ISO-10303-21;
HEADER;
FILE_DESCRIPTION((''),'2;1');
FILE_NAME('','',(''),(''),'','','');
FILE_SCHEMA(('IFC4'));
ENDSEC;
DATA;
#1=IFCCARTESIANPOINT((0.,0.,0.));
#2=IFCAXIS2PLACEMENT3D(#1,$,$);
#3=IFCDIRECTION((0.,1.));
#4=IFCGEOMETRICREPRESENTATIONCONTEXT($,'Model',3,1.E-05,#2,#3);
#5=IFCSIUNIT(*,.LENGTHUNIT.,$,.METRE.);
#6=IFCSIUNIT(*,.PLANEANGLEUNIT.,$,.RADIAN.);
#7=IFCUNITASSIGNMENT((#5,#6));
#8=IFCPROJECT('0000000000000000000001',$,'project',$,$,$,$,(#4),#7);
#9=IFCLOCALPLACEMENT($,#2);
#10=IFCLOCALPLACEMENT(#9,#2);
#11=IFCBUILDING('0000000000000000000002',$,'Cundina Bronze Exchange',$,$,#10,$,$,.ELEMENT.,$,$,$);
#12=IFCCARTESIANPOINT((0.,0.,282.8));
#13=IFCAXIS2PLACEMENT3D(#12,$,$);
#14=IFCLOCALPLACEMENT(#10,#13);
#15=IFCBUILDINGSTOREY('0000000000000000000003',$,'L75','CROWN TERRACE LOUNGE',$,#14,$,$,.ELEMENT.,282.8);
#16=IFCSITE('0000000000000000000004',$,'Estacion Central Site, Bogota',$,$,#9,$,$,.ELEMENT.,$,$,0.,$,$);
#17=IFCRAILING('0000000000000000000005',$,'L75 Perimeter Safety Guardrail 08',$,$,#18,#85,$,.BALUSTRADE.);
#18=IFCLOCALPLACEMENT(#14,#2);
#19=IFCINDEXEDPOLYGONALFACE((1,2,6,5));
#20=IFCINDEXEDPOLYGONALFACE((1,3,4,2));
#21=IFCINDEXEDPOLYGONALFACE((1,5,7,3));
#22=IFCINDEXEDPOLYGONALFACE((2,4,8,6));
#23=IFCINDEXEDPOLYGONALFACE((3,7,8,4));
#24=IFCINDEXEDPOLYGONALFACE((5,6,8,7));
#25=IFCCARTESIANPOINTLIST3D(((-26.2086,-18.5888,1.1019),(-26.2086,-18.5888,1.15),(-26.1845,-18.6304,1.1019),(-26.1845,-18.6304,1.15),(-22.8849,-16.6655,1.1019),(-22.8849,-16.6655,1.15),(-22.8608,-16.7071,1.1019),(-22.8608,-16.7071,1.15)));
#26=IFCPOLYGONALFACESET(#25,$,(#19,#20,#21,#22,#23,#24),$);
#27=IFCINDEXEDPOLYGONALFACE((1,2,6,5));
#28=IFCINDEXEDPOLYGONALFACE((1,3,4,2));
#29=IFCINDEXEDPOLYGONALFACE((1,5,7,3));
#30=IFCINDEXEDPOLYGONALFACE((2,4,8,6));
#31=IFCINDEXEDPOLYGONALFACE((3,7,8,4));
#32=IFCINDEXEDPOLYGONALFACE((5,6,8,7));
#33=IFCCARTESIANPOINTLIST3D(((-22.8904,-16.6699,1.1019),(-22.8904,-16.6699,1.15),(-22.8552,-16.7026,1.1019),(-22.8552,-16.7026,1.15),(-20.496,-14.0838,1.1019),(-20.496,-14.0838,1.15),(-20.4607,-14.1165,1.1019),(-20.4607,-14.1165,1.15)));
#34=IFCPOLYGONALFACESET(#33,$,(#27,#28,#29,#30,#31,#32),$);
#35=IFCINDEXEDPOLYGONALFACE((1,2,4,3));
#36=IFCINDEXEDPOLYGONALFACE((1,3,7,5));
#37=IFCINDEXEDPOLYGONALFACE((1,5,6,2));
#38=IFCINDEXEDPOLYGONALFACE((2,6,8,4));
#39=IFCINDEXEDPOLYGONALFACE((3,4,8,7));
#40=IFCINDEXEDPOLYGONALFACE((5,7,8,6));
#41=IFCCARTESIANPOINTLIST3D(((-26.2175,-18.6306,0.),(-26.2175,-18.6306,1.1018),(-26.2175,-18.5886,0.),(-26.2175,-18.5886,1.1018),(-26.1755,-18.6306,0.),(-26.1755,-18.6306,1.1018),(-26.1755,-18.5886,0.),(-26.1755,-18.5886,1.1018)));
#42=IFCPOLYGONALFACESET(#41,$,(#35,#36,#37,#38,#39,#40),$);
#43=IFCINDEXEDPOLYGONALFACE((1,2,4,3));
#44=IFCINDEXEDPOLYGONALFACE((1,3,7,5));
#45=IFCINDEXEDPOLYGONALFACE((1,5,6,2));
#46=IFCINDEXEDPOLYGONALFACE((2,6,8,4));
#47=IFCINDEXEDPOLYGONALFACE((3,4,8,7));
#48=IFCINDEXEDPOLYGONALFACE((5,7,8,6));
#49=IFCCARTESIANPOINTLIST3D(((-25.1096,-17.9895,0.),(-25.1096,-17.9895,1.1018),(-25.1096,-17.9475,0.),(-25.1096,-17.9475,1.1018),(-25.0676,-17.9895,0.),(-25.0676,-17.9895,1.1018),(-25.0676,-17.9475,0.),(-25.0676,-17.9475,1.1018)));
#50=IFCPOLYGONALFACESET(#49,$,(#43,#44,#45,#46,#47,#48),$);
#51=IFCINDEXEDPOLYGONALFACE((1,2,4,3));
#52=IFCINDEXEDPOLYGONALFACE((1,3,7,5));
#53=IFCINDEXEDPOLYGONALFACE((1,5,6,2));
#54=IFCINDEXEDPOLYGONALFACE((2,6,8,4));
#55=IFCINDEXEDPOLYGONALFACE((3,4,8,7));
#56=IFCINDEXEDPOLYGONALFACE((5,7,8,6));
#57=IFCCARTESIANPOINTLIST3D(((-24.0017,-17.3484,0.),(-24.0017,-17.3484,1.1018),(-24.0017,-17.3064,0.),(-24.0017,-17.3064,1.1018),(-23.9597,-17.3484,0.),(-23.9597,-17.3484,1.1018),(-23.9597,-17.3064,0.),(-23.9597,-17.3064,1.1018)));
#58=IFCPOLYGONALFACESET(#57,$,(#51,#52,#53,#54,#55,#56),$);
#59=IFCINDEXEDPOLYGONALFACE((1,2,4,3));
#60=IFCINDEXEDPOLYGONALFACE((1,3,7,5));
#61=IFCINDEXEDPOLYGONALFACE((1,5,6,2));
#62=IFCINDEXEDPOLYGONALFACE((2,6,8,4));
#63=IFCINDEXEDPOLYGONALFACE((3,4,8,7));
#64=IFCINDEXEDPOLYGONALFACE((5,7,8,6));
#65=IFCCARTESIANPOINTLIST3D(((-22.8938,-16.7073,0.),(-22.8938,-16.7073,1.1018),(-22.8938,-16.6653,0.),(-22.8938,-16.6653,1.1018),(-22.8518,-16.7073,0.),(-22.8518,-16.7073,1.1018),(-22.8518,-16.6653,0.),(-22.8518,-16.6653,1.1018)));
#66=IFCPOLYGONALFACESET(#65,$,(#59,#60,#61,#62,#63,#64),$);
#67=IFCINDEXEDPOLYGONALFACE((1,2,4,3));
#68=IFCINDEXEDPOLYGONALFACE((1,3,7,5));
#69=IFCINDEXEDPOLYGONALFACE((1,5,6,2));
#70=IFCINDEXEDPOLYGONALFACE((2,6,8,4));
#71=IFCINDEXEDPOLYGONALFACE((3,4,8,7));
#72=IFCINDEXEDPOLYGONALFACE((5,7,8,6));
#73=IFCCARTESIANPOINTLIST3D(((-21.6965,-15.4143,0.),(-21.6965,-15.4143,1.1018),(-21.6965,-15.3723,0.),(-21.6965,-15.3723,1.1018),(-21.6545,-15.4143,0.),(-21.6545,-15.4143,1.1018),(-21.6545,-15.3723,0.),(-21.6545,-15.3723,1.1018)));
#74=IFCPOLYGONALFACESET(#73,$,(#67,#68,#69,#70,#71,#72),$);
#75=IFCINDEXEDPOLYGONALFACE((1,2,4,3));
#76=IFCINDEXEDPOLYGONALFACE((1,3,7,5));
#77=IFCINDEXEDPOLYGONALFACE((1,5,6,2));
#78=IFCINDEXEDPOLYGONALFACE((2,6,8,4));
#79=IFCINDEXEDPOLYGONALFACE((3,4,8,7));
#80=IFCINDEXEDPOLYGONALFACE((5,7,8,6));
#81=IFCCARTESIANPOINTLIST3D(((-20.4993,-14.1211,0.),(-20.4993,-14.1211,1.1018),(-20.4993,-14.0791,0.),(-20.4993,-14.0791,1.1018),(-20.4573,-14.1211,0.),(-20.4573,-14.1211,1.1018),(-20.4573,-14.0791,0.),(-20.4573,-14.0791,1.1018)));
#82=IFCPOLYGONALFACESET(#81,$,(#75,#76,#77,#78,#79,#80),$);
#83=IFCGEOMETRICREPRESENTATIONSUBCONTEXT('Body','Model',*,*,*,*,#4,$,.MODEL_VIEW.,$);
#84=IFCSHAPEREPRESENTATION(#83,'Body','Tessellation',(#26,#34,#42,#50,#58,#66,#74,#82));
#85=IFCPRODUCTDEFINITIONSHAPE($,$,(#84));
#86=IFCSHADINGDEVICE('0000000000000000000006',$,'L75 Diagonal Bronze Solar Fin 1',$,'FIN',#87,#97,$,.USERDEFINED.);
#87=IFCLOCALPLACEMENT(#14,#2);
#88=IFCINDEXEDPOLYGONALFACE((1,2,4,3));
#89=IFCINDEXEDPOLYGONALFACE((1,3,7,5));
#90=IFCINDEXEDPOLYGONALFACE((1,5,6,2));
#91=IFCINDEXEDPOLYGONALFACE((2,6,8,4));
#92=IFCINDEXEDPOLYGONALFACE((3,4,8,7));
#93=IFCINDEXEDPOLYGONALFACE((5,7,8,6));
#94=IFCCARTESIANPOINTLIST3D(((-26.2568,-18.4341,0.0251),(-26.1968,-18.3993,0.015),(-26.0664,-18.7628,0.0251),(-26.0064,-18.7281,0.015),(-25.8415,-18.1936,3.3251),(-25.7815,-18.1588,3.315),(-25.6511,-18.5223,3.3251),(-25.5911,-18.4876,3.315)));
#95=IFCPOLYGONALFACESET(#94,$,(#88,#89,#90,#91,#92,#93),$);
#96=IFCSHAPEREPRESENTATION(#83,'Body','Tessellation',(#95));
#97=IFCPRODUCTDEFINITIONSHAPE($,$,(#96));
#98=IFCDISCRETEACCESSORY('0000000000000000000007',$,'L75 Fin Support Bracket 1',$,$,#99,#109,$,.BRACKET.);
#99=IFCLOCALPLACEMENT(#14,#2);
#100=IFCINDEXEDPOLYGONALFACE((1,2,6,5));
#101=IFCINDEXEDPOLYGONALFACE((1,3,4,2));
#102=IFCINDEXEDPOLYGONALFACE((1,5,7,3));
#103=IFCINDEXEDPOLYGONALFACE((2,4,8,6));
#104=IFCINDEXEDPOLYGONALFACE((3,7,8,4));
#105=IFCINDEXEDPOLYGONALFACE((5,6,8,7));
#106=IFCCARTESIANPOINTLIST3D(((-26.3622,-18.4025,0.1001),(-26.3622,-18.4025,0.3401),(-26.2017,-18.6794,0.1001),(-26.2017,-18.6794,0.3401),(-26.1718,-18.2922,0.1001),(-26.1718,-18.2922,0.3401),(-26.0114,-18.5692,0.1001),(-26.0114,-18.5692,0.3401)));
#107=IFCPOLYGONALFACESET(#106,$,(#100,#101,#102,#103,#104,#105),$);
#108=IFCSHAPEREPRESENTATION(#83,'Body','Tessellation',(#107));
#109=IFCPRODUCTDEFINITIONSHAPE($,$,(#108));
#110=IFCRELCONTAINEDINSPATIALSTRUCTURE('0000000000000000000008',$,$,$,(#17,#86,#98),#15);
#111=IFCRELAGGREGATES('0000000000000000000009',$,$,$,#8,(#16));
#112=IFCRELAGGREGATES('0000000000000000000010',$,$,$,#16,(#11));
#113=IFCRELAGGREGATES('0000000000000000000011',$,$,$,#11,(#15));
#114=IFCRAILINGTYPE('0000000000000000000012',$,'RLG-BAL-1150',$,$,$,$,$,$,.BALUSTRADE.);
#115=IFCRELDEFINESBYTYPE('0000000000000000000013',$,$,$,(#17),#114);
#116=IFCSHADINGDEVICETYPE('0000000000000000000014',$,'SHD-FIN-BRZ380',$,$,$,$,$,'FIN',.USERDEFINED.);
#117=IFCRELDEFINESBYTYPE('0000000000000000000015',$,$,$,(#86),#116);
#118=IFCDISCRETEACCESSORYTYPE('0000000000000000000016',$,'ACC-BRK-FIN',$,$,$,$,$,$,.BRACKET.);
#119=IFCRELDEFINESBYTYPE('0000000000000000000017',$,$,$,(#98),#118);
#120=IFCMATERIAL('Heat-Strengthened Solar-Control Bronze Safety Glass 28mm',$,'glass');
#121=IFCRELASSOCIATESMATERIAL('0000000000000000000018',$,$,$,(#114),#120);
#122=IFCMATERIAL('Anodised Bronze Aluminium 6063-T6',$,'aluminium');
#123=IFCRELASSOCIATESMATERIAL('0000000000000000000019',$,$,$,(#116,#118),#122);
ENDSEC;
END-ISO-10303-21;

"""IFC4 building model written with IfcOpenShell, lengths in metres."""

from ifc_helpers import new_model, si_unit, direction, frame, origin, origin_2d, place, context, subcontext, project, spatial, rectangle, extrude, material, material_profile, profile_set, type_object, element, save


model = new_model("IFC4")

# Units and contexts
model_context = context("Model", 3, precision=1e-05, world=origin(), true_north=direction((0.0, 1.0)))
body_context = subcontext(model_context, "Body", "Model", "MODEL_VIEW")
ifc_project = project(units=[si_unit("LENGTHUNIT", "METRE"), si_unit("PLANEANGLEUNIT", "RADIAN")], contexts=[model_context])

# Site, building, storey
site_placement = place(None, origin())
site = spatial("IfcSite", under=ifc_project, at=site_placement, Name="Estacion Central Site, Bogota", CompositionType="ELEMENT", RefElevation=0.0)
building_placement = place(site_placement, origin())
building = spatial("IfcBuilding", under=site, at=building_placement, Name="Cundina Bronze Exchange", CompositionType="ELEMENT")
storey_placement = place(building_placement, frame((0.0, 0.0, 282.8)))
storey = spatial("IfcBuildingStorey", under=building, at=storey_placement, Name="L75", Description="CROWN TERRACE LOUNGE", CompositionType="ELEMENT", Elevation=282.8)

# Shared definitions
ifc_material_1 = material(Name="Anodised Bronze Aluminium 6063-T6", Category="aluminium")

# Railing
ifc_material_2 = material(Name="Heat-Strengthened Solar-Control Bronze Safety Glass 28mm", Category="glass")
railing_type = type_object("IfcRailingType", Name="RLG-BAL-1150", PredefinedType="BALUSTRADE", material=ifc_material_2)
railing_1_placement = place(storey_placement, frame((-26.1965, -18.6096, 0.0)))
element("IfcRailing", 1, at=railing_1_placement, inside=storey, type_object=railing_type, Name="L75 Perimeter Safety Guardrail 08", PredefinedType="BALUSTRADE", context=body_context, shape_type="SweptSolid", body=[
    extrude(rectangle(XDim=0.0481, YDim=0.0481, at=origin_2d()), frame((0.0, 0.0, 1.126), z_axis=(0.865531, 0.500856, 0.0), x_axis=(-0.500856, 0.865531, 0.0)), (0.0, 0.0, 1.0), 3.8401),
    extrude(rectangle(XDim=0.0481, YDim=0.0481, at=origin_2d()), frame((3.3237, 1.9233, 1.126), z_axis=(0.679396, 0.733772, 0.0), x_axis=(-0.733772, 0.679396, 0.0)), (0.0, 0.0, 1.0), 3.5244),
    extrude(rectangle(XDim=0.042, YDim=0.042, at=origin_2d()), origin(), (0.0, 0.0, 1.0), 1.1018),
    extrude(rectangle(XDim=0.042, YDim=0.042, at=origin_2d()), frame((1.1079, 0.6411, 0.0)), (0.0, 0.0, 1.0), 1.1018),
    extrude(rectangle(XDim=0.042, YDim=0.042, at=origin_2d()), frame((2.2158, 1.2822, 0.0)), (0.0, 0.0, 1.0), 1.1018),
    extrude(rectangle(XDim=0.042, YDim=0.042, at=origin_2d()), frame((3.3237, 1.9233, 0.0)), (0.0, 0.0, 1.0), 1.1018),
    extrude(rectangle(XDim=0.042, YDim=0.042, at=origin_2d()), frame((4.521, 3.2163, 0.0)), (0.0, 0.0, 1.0), 1.1018),
    extrude(rectangle(XDim=0.042, YDim=0.042, at=origin_2d()), frame((5.7183, 4.5095, 0.0)), (0.0, 0.0, 1.0), 1.1018),
])

# Shading device
ifc_material_profile_1 = material_profile(ifc_material_1, rectangle(XDim=0.0701, YDim=0.3799, at=origin_2d()), Name="FIN70X380", Category="aluminium")
ifc_profile_set_1 = profile_set([ifc_material_profile_1], Name="Anodised Bronze Aluminium 6063-T6")
shading_device_type = type_object("IfcShadingDeviceType", Name="SHD-FIN-BRZ380", ElementType="FIN", PredefinedType="USERDEFINED", material=ifc_profile_set_1)
shading_device_placement = place(storey_placement, frame((-26.1316, -18.5811, 0.02), z_axis=(0.124532, 0.072113, 0.989592), x_axis=(-0.856373, -0.495901, 0.143904)))
element("IfcShadingDevice", 2, at=shading_device_placement, inside=storey, type_object=shading_device_type, Name="L75 Diagonal Bronze Solar Fin 1", ObjectType="FIN", PredefinedType="USERDEFINED", context=body_context, shape_type="SweptSolid", body=[
    extrude(rectangle(XDim=0.0701, YDim=0.3799, at=origin_2d()), origin(), (0.0, 0.0, 1.0), 3.3347),
])

# Discrete accessory
discrete_accessory_type = type_object("IfcDiscreteAccessoryType", Name="ACC-BRK-FIN", PredefinedType="BRACKET", material=ifc_material_1)
discrete_accessory_placement = place(storey_placement, frame((-26.1868, -18.4858, 0.1001), z_axis=(0.0, 0.0, 1.0), x_axis=(0.865309, 0.501239, 0.0)))
element("IfcDiscreteAccessory", 3, at=discrete_accessory_placement, inside=storey, type_object=discrete_accessory_type, Name="L75 Fin Support Bracket 1", PredefinedType="BRACKET", context=body_context, shape_type="SweptSolid", body=[
    extrude(rectangle(XDim=0.22, YDim=0.3201, at=origin_2d()), origin(), (0.0, 0.0, 1.0), 0.24),
])

save(model, "model.ifc")
